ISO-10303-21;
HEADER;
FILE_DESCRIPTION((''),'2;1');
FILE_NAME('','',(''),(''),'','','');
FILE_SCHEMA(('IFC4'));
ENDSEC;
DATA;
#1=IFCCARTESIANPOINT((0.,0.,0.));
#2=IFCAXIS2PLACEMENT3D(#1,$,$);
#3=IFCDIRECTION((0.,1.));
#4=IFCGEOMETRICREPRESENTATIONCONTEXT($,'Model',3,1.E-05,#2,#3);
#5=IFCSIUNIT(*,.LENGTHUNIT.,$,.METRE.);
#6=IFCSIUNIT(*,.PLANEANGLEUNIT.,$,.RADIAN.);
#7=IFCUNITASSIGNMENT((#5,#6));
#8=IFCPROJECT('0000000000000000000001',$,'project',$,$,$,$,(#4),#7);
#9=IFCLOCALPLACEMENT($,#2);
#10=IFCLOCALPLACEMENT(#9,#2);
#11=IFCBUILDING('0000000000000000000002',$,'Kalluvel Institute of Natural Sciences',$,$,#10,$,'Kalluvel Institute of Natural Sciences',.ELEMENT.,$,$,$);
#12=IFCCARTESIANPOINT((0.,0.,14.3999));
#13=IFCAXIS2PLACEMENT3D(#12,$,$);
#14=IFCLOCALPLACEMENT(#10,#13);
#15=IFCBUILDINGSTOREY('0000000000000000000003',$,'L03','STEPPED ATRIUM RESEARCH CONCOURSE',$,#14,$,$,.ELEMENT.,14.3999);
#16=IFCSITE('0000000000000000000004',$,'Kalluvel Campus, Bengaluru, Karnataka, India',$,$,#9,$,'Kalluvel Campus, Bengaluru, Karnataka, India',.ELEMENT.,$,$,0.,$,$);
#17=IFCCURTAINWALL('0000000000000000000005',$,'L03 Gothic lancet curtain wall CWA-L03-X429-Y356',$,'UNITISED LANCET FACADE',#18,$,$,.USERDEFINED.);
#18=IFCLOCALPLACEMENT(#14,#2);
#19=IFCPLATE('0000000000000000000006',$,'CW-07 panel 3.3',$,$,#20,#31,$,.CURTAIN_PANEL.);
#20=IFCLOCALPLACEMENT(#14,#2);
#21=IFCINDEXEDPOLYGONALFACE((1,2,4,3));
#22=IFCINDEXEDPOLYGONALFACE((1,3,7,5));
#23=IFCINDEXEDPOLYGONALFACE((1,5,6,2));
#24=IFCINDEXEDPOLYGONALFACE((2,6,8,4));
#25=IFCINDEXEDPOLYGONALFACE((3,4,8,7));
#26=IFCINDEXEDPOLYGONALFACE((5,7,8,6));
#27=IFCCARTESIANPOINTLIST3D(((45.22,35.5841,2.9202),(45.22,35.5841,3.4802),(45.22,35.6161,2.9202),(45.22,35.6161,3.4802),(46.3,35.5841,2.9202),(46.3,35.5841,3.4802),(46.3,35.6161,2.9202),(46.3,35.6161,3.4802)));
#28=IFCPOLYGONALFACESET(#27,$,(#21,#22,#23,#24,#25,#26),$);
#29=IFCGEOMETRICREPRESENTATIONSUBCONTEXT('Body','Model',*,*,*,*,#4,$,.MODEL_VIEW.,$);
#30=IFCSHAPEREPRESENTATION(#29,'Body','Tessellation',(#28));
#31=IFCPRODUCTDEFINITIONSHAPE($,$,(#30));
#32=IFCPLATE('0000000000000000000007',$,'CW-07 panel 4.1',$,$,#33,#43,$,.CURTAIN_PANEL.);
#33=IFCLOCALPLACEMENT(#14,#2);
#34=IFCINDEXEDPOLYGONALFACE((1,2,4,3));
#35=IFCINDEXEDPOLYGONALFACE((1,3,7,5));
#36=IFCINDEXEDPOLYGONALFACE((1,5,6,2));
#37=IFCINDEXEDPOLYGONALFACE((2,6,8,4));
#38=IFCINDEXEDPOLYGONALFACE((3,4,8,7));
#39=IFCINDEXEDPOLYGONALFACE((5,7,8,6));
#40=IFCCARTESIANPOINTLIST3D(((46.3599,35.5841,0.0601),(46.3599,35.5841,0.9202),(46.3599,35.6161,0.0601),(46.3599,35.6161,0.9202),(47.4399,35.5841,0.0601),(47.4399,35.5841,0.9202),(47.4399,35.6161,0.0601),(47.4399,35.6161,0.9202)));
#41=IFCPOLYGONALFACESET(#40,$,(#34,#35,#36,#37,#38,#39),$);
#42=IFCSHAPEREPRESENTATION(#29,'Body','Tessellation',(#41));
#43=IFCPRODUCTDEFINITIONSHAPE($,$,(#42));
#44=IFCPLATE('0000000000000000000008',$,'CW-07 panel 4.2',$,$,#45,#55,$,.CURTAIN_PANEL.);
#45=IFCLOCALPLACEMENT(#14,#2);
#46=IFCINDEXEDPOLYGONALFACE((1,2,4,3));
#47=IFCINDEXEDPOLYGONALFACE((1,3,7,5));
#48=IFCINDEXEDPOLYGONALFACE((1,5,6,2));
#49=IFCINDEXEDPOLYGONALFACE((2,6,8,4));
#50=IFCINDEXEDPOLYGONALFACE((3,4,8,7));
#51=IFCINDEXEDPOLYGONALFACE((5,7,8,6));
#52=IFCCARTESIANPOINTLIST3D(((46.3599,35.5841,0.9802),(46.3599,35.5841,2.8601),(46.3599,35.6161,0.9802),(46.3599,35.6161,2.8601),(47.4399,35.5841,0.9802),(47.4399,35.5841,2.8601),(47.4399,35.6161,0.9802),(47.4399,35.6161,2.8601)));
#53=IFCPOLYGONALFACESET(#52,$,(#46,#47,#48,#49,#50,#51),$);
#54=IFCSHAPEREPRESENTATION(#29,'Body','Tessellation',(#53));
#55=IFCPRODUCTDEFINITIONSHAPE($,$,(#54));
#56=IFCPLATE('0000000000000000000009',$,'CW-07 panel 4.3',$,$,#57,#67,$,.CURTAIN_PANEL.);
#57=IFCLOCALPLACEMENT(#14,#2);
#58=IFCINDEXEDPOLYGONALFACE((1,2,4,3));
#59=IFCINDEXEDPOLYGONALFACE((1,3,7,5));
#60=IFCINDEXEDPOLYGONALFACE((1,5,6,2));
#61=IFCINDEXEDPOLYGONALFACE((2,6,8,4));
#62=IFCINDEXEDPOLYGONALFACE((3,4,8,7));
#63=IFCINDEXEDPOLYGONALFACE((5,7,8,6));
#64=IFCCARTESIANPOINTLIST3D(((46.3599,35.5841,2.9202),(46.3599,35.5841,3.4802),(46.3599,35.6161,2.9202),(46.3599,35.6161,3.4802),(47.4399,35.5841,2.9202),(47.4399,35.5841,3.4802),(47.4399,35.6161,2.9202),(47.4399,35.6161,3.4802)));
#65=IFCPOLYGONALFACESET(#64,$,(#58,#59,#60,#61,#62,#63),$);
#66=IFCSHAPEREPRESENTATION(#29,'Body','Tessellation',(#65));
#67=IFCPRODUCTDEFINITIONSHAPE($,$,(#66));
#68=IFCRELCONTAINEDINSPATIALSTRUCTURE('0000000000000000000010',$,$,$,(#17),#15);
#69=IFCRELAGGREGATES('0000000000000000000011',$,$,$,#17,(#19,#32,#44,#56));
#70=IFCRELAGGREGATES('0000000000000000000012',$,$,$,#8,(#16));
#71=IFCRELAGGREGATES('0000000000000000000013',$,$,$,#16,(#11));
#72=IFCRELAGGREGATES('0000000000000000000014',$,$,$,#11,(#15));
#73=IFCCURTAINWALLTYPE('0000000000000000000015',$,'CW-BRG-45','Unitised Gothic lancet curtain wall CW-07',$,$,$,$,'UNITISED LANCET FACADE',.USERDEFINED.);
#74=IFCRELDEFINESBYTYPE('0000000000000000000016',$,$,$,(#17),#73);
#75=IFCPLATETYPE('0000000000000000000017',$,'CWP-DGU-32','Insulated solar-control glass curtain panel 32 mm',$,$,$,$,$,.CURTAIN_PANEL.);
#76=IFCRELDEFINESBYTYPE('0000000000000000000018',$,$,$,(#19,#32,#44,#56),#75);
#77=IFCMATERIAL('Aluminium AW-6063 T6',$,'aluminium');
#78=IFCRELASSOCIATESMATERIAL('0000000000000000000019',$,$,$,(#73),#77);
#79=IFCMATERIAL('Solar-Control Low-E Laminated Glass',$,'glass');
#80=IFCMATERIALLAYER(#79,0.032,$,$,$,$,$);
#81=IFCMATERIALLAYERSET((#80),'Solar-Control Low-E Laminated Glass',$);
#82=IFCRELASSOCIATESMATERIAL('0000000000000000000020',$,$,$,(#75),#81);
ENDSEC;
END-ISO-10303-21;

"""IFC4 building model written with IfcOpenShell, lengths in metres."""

from ifc_helpers import new_model, si_unit, direction, frame, origin, origin_2d, place, context, subcontext, project, spatial, rectangle, extrude, material, layer, layer_set, type_object, element, aggregate, save


model = new_model("IFC4")

# Units and contexts
model_context = context("Model", 3, precision=1e-05, world=origin(), true_north=direction((0.0, 1.0)))
body_context = subcontext(model_context, "Body", "Model", "MODEL_VIEW")
ifc_project = project(units=[si_unit("LENGTHUNIT", "METRE"), si_unit("PLANEANGLEUNIT", "RADIAN")], contexts=[model_context])

# Site, building, storey
site_placement = place(None, origin())
site = spatial("IfcSite", under=ifc_project, at=site_placement, Name="Kalluvel Campus, Bengaluru, Karnataka, India", LongName="Kalluvel Campus, Bengaluru, Karnataka, India", CompositionType="ELEMENT", RefElevation=0.0)
building_placement = place(site_placement, origin())
building = spatial("IfcBuilding", under=site, at=building_placement, Name="Kalluvel Institute of Natural Sciences", LongName="Kalluvel Institute of Natural Sciences", CompositionType="ELEMENT")
storey_placement = place(building_placement, frame((0.0, 0.0, 14.3999)))
storey = spatial("IfcBuildingStorey", under=building, at=storey_placement, Name="L03", Description="STEPPED ATRIUM RESEARCH CONCOURSE", CompositionType="ELEMENT", Elevation=14.3999)

# Curtain wall, plates
ifc_material_1 = material(Name="Aluminium AW-6063 T6", Category="aluminium")
curtain_wall_type = type_object("IfcCurtainWallType", Name="CW-BRG-45", Description="Unitised Gothic lancet curtain wall CW-07", ElementType="UNITISED LANCET FACADE", PredefinedType="USERDEFINED", material=ifc_material_1)
curtain_wall_placement = place(storey_placement, origin())
curtain_wall = element("IfcCurtainWall", 1, at=curtain_wall_placement, inside=storey, type_object=curtain_wall_type, Name="L03 Gothic lancet curtain wall CWA-L03-X429-Y356", ObjectType="UNITISED LANCET FACADE", PredefinedType="USERDEFINED")
ifc_material_2 = material(Name="Solar-Control Low-E Laminated Glass", Category="glass")
ifc_layer = layer(ifc_material_2, 0.032)
ifc_layer_set = layer_set([ifc_layer], Name="Solar-Control Low-E Laminated Glass")
plate_type = type_object("IfcPlateType", Name="CWP-DGU-32", Description="Insulated solar-control glass curtain panel 32 mm", PredefinedType="CURTAIN_PANEL", material=ifc_layer_set)
plate_1_placement = place(storey_placement, frame((45.76, 35.6001, 2.9202), z_axis=(0.0, 0.0, 1.0), x_axis=(1.0, 0.0, 0.0)))
plate_1 = element("IfcPlate", 2, at=plate_1_placement, type_object=plate_type, Name="CW-07 panel 3.3", PredefinedType="CURTAIN_PANEL", context=body_context, shape_type="SweptSolid", body=[
    extrude(rectangle(XDim=1.0801, YDim=0.032, at=origin_2d()), origin(), (0.0, 0.0, 1.0), 0.5601),
])
plate_2_placement = place(storey_placement, frame((46.8999, 35.6001, 0.0601), z_axis=(0.0, 0.0, 1.0), x_axis=(1.0, 0.0, 0.0)))
plate_2 = element("IfcPlate", 3, at=plate_2_placement, type_object=plate_type, Name="CW-07 panel 4.1", PredefinedType="CURTAIN_PANEL", context=body_context, shape_type="SweptSolid", body=[
    extrude(rectangle(XDim=1.0801, YDim=0.032, at=origin_2d()), origin(), (0.0, 0.0, 1.0), 0.8601),
])
plate_3_placement = place(storey_placement, frame((46.8999, 35.6001, 0.9802), z_axis=(0.0, 0.0, 1.0), x_axis=(1.0, 0.0, 0.0)))
plate_3 = element("IfcPlate", 4, at=plate_3_placement, type_object=plate_type, Name="CW-07 panel 4.2", PredefinedType="CURTAIN_PANEL", context=body_context, shape_type="SweptSolid", body=[
    extrude(rectangle(XDim=1.0801, YDim=0.032, at=origin_2d()), origin(), (0.0, 0.0, 1.0), 1.8799),
])
plate_4_placement = place(storey_placement, frame((46.8999, 35.6001, 2.9202), z_axis=(0.0, 0.0, 1.0), x_axis=(1.0, 0.0, 0.0)))
plate_4 = element("IfcPlate", 5, at=plate_4_placement, type_object=plate_type, Name="CW-07 panel 4.3", PredefinedType="CURTAIN_PANEL", context=body_context, shape_type="SweptSolid", body=[
    extrude(rectangle(XDim=1.0801, YDim=0.032, at=origin_2d()), origin(), (0.0, 0.0, 1.0), 0.5601),
])
aggregate(curtain_wall, [plate_1, plate_2, plate_3, plate_4])

save(model, "model.ifc")
